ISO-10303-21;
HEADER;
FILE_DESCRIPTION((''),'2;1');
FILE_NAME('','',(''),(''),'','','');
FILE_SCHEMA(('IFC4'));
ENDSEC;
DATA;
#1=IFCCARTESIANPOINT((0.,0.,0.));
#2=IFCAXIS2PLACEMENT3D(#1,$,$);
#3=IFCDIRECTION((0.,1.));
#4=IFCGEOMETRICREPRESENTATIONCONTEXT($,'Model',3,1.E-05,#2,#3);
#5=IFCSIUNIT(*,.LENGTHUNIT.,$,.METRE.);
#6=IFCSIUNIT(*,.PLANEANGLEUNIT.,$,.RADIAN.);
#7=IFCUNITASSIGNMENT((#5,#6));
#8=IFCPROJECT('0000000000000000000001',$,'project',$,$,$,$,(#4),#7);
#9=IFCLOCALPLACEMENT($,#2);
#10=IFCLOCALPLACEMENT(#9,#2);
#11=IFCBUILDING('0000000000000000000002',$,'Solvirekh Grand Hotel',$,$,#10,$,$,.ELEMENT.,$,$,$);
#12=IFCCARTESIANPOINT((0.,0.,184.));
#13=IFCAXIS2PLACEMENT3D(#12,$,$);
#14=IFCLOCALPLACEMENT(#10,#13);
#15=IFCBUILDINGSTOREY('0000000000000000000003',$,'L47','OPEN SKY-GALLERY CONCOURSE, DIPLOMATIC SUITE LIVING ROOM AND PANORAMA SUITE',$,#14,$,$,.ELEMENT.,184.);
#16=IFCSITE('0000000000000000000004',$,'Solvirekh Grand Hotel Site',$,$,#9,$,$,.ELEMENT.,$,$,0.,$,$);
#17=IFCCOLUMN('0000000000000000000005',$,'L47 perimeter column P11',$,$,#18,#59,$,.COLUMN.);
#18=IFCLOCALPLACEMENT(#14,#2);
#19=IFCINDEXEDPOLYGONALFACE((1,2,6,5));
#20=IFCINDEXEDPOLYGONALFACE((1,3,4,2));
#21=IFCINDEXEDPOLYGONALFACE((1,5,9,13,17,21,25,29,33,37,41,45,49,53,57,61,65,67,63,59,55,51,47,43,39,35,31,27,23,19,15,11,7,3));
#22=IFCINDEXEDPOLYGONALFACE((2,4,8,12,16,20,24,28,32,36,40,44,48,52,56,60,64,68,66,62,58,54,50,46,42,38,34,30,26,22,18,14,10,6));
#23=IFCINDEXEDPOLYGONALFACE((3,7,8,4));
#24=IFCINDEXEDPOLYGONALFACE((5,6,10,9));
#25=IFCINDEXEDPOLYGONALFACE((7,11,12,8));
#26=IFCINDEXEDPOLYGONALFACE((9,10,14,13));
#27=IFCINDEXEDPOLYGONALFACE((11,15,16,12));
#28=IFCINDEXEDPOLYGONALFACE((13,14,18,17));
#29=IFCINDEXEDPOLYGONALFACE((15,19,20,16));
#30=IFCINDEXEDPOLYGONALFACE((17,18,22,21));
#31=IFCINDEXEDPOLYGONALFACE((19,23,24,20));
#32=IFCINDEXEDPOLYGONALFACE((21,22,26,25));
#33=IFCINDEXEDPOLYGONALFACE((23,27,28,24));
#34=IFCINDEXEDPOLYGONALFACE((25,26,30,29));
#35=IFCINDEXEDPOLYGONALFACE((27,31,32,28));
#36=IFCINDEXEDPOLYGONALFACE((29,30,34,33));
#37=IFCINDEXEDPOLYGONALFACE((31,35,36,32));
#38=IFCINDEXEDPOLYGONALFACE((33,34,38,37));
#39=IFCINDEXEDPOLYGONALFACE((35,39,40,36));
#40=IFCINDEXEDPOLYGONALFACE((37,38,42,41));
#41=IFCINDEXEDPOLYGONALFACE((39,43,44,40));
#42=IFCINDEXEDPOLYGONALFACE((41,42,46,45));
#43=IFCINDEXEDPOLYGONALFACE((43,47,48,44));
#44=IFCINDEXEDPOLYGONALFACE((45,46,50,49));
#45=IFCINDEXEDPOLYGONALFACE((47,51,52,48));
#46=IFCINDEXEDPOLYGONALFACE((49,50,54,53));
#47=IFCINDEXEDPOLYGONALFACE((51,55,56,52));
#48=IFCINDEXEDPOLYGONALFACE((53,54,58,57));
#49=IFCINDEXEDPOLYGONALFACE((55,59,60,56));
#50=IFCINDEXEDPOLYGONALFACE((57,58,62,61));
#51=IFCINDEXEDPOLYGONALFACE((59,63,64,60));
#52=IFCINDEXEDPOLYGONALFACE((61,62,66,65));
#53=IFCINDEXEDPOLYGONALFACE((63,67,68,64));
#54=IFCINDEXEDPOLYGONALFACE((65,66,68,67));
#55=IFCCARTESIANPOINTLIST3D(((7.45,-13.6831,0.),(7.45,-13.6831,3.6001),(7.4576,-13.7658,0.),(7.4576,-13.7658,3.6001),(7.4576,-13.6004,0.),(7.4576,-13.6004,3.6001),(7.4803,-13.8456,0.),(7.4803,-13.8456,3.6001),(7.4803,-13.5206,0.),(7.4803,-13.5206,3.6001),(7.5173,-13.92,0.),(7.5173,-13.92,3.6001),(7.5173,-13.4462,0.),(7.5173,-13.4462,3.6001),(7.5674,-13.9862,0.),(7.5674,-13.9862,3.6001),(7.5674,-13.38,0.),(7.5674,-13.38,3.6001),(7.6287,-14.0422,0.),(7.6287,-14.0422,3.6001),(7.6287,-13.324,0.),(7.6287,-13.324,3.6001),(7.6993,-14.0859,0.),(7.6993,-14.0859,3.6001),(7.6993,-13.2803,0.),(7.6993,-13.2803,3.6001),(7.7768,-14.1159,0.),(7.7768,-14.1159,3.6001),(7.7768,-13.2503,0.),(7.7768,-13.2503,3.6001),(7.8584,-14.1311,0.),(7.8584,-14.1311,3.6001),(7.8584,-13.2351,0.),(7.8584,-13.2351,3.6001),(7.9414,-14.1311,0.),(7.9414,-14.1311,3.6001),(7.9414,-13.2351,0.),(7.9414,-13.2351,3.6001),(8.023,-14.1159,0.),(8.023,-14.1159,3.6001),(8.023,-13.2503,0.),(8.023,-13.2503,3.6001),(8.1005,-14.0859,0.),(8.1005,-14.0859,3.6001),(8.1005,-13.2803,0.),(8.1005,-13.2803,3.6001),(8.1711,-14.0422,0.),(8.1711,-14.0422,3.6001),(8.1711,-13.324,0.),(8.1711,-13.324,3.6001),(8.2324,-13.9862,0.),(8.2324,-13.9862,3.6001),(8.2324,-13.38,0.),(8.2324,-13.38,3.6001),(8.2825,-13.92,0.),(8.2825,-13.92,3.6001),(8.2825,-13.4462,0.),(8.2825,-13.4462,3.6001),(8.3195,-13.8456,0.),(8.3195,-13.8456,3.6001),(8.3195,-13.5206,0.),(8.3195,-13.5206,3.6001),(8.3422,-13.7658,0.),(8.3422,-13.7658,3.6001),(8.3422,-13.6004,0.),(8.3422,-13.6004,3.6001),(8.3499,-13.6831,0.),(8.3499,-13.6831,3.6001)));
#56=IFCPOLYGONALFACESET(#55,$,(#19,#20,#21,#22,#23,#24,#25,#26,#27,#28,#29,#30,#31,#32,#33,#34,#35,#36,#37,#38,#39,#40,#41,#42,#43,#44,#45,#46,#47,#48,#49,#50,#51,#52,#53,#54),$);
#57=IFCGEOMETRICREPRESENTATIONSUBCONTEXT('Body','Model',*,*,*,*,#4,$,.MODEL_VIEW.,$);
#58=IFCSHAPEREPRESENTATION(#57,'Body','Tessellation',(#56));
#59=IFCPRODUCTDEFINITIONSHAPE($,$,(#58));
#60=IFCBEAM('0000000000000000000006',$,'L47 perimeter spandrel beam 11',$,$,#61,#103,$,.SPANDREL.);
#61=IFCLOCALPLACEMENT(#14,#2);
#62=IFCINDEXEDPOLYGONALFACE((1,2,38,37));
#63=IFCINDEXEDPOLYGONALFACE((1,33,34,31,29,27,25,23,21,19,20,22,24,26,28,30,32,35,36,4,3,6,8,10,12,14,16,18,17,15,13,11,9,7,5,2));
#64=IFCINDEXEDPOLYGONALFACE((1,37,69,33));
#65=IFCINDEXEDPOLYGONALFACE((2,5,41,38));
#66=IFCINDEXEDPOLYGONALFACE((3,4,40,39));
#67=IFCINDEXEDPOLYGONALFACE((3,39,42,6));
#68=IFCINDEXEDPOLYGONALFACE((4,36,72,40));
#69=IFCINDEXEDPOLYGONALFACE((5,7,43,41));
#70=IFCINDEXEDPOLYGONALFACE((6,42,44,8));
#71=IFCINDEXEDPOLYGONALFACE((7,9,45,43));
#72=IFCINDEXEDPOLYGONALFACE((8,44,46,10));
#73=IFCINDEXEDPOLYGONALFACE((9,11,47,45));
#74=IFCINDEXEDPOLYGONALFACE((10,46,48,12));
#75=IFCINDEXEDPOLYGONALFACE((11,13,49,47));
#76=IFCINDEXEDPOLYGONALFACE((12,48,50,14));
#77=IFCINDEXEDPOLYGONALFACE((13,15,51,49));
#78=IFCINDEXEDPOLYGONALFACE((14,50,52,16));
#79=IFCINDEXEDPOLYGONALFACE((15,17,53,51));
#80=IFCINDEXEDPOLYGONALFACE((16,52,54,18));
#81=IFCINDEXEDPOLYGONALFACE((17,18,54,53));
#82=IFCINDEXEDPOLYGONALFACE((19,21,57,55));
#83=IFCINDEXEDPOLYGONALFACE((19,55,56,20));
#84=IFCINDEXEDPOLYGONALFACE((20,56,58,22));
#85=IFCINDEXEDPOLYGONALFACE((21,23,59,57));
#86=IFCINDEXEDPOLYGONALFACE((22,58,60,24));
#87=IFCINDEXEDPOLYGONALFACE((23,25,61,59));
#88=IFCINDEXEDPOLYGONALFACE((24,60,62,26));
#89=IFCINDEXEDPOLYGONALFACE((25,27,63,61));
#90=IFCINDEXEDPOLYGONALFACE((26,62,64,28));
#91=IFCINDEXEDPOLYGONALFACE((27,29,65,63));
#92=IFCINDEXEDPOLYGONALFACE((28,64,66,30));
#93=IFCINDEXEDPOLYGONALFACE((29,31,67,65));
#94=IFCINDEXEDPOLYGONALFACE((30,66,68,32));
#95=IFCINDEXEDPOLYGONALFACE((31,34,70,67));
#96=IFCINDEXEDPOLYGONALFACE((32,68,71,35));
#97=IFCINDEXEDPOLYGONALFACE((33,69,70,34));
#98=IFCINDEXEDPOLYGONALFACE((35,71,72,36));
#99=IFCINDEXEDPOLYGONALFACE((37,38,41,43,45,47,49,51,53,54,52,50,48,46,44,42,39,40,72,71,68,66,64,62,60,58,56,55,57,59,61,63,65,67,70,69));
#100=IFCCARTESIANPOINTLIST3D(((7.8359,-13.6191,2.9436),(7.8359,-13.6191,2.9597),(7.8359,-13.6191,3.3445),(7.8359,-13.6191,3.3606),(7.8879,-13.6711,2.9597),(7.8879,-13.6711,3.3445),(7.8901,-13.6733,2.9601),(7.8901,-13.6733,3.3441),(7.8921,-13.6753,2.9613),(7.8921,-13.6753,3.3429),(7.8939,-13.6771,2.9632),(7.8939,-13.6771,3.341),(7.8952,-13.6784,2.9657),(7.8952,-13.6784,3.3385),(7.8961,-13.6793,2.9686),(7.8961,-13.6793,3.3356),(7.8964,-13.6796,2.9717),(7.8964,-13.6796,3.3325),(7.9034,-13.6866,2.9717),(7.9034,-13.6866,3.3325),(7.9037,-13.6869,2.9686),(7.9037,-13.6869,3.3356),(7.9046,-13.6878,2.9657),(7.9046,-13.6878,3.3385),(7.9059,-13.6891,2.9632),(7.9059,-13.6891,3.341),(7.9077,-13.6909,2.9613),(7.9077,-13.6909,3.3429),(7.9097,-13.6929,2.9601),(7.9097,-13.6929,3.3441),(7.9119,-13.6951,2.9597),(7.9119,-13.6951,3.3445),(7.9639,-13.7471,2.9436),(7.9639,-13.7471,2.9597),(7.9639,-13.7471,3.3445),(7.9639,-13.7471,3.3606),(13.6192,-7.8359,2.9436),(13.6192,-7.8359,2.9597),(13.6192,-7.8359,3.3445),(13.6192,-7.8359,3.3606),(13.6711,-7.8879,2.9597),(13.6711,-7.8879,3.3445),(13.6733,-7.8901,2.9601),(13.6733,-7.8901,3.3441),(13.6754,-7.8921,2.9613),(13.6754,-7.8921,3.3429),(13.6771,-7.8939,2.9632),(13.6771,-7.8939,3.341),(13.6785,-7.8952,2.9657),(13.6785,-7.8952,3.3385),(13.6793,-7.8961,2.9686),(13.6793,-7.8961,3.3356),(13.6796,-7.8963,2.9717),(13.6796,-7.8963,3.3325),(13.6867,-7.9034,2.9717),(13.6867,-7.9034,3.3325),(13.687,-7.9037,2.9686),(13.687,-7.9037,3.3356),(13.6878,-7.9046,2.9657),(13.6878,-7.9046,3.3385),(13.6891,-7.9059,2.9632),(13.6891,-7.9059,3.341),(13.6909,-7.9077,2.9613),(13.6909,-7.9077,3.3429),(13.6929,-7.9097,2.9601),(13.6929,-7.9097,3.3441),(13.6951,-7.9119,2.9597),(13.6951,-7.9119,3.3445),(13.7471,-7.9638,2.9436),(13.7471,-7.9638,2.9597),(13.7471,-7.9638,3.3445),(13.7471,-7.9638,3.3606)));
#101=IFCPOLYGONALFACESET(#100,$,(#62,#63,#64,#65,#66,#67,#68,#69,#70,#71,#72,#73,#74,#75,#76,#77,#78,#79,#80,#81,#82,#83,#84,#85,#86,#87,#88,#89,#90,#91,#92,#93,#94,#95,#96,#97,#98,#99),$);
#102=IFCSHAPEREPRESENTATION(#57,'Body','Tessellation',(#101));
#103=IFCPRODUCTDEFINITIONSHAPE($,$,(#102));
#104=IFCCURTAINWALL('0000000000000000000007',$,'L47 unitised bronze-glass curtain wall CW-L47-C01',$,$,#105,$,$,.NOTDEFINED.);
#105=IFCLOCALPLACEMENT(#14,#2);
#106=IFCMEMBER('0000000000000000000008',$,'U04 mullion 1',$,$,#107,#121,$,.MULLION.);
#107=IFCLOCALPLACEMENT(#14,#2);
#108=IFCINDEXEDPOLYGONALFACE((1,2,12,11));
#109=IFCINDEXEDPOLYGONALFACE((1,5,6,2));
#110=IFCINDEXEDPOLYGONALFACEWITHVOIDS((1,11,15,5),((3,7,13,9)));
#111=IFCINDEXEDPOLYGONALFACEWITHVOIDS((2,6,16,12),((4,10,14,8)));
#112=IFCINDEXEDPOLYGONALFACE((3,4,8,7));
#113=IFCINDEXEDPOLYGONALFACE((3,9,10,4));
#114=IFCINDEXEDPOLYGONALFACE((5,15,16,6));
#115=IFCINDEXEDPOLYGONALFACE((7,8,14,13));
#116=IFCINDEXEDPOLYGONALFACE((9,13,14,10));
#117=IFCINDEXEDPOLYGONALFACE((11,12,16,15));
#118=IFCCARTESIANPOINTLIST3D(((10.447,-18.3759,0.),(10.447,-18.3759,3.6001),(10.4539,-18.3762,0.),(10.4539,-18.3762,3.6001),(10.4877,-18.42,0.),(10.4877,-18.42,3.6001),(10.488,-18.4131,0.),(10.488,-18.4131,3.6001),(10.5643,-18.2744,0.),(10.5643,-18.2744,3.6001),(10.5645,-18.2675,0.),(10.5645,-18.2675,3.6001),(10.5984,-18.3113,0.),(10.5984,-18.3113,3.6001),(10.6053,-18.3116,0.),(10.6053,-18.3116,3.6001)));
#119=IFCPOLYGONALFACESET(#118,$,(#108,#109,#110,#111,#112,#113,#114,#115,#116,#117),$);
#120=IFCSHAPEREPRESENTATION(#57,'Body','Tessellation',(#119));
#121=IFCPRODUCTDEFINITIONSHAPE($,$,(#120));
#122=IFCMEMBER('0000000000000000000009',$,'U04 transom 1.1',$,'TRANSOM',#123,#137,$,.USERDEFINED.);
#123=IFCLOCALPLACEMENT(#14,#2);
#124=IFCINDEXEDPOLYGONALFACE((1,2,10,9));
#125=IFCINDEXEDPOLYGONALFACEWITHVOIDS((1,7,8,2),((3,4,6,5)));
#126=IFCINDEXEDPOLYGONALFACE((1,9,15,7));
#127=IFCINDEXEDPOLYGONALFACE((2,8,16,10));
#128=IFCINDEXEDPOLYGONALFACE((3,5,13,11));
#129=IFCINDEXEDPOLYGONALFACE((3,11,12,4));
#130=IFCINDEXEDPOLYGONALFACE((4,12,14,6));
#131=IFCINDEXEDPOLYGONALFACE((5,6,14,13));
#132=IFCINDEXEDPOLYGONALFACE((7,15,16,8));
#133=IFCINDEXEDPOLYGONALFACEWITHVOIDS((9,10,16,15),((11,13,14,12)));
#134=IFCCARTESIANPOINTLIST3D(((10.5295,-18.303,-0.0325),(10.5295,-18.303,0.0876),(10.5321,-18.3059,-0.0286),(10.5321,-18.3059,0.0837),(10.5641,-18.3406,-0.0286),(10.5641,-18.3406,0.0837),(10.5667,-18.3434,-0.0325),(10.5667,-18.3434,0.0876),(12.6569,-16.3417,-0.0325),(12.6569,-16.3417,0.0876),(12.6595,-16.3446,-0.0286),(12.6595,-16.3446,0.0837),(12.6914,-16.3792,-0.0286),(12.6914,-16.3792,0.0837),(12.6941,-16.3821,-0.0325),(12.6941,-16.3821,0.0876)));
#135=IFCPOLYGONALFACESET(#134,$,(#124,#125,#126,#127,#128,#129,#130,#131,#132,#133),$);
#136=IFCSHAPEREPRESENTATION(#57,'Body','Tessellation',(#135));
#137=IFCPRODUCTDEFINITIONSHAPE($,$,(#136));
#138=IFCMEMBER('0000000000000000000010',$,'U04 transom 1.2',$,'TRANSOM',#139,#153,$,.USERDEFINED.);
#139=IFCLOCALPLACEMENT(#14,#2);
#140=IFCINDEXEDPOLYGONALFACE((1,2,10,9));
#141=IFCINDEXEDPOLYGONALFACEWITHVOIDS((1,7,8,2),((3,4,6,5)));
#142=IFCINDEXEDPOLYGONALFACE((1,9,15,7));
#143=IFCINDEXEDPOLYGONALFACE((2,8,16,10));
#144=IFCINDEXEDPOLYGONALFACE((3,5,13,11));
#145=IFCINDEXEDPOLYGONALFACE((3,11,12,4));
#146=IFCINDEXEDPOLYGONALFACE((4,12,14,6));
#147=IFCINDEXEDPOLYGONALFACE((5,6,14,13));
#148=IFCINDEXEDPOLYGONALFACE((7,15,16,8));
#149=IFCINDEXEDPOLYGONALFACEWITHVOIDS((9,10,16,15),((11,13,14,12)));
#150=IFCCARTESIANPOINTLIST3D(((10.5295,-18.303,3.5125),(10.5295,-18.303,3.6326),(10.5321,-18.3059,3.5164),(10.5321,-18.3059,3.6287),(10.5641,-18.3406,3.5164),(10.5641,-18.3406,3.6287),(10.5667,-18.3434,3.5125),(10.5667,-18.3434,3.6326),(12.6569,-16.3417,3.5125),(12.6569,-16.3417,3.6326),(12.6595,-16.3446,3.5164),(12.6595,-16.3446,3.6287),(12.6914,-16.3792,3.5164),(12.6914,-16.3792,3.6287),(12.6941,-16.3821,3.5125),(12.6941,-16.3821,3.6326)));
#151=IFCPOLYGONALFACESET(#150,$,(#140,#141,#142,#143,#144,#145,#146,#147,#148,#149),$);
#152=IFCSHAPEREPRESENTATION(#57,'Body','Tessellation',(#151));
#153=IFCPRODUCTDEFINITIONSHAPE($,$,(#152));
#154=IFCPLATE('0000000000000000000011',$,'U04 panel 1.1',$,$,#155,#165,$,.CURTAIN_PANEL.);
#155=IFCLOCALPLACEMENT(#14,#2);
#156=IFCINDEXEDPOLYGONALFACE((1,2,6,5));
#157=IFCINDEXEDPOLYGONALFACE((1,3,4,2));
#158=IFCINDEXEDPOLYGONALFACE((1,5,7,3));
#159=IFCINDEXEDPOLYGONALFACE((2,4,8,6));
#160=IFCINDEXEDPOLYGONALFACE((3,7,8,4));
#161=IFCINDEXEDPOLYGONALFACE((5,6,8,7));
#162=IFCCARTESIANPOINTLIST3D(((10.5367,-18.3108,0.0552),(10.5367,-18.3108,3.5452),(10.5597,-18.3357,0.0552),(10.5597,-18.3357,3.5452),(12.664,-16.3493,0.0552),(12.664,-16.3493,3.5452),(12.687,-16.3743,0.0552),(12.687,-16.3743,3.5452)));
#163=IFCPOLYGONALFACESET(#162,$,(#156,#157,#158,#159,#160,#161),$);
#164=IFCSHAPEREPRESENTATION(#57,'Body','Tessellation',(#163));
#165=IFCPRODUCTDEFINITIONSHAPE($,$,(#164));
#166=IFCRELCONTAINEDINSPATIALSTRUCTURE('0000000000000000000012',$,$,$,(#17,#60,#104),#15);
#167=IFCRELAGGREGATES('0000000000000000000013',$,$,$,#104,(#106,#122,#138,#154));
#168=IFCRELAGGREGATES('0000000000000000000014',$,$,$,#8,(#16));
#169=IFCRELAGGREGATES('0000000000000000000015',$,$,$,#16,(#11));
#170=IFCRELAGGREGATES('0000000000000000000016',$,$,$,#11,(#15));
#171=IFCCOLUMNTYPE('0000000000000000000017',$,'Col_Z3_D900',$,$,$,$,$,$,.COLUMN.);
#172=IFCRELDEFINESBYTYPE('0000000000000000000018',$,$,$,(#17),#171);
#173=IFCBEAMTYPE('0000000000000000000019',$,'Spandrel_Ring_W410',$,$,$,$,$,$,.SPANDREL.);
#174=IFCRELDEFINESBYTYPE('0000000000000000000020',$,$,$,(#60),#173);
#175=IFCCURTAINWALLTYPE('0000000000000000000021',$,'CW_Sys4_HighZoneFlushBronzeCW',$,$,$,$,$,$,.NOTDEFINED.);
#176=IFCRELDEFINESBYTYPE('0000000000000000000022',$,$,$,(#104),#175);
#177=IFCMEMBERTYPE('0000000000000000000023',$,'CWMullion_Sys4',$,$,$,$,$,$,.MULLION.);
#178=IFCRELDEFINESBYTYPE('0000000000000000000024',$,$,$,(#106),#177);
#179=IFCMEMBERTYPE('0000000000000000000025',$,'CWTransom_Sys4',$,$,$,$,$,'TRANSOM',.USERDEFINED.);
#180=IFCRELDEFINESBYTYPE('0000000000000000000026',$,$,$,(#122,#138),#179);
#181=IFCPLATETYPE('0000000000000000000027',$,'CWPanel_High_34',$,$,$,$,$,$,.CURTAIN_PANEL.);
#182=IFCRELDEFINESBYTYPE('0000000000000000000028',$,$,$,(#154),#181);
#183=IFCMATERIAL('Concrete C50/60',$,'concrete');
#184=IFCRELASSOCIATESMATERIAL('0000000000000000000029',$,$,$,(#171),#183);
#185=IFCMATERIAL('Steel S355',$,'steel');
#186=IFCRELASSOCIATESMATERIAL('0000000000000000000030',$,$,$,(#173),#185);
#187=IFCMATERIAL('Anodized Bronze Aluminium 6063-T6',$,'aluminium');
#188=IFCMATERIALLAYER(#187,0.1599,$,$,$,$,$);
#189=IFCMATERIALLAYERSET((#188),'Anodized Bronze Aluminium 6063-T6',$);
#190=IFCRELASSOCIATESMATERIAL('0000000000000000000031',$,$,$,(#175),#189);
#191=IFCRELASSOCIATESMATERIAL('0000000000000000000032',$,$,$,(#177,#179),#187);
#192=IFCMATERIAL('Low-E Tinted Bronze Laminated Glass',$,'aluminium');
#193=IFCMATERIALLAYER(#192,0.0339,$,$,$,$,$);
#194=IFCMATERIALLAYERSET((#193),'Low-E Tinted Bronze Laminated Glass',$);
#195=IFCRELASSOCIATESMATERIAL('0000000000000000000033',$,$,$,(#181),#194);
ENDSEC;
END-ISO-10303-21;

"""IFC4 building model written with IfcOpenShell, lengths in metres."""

from ifc_helpers import new_model, si_unit, direction, frame, origin, origin_2d, place, context, subcontext, project, spatial, rectangle, hollow_rectangle, circle, i_section, extrude, source, transform, mapped, material, layer, layer_set, material_profile, profile_set, type_object, element, aggregate, save


model = new_model("IFC4")

# Units and contexts
model_context = context("Model", 3, precision=1e-05, world=origin(), true_north=direction((0.0, 1.0)))
body_context = subcontext(model_context, "Body", "Model", "MODEL_VIEW")
ifc_project = project(units=[si_unit("LENGTHUNIT", "METRE"), si_unit("PLANEANGLEUNIT", "RADIAN")], contexts=[model_context])

# Site, building, storey
site_placement = place(None, origin())
site = spatial("IfcSite", under=ifc_project, at=site_placement, Name="Solvirekh Grand Hotel Site", CompositionType="ELEMENT", RefElevation=0.0)
building_placement = place(site_placement, origin())
building = spatial("IfcBuilding", under=site, at=building_placement, Name="Solvirekh Grand Hotel", CompositionType="ELEMENT")
storey_placement = place(building_placement, frame((0.0, 0.0, 184.0)))
storey = spatial("IfcBuildingStorey", under=building, at=storey_placement, Name="L47", Description="OPEN SKY-GALLERY CONCOURSE, DIPLOMATIC SUITE LIVING ROOM AND PANORAMA SUITE", CompositionType="ELEMENT", Elevation=184.0)

# Column
ifc_material_1 = material(Name="Concrete C50/60", Category="concrete")
ifc_material_profile_1 = material_profile(ifc_material_1, circle(Radius=0.45, at=origin_2d()), Name="RC CIRC D900")
ifc_profile_set_1 = profile_set([ifc_material_profile_1], Name="Concrete C50/60")
column_type = type_object("IfcColumnType", Name="Col_Z3_D900", PredefinedType="COLUMN", material=ifc_profile_set_1)
column_placement = place(storey_placement, frame((7.8999, -13.6831, 0.0), z_axis=(0.0, 0.0, 1.0), x_axis=(1.0, 0.0, 0.0)))
element("IfcColumn", 1, at=column_placement, inside=storey, type_object=column_type, Name="L47 perimeter column P11", PredefinedType="COLUMN", context=body_context, shape_type="SweptSolid", body=[
    extrude(circle(Radius=0.45, at=origin_2d()), origin(), (0.0, 0.0, 1.0), 3.6001),
])

# Beam
ifc_material_2 = material(Name="Steel S355", Category="steel")
ifc_material_profile_2 = material_profile(ifc_material_2, i_section(OverallWidth=0.1809, OverallDepth=0.417, WebThickness=0.01, FlangeThickness=0.0161, FilletRadius=0.012, at=origin_2d()), Name="W410X85")
ifc_profile_set_2 = profile_set([ifc_material_profile_2], Name="Steel S355")
beam_type = type_object("IfcBeamType", Name="Spandrel_Ring_W410", PredefinedType="SPANDREL", material=ifc_profile_set_2)
beam_placement = place(storey_placement, frame((7.8999, -13.6831, 3.1521), z_axis=(0.707107, 0.707107, 0.0), x_axis=(-0.707107, 0.707107, 0.0)))
element("IfcBeam", 2, at=beam_placement, inside=storey, type_object=beam_type, Name="L47 perimeter spandrel beam 11", PredefinedType="SPANDREL", context=body_context, shape_type="SweptSolid", body=[
    extrude(i_section(OverallWidth=0.1809, OverallDepth=0.417, WebThickness=0.01, FlangeThickness=0.0161, FilletRadius=0.012, at=origin_2d()), origin(), (0.0, 0.0, 1.0), 8.1787),
])

# Curtain wall, members, plate
ifc_material_3 = material(Name="Anodized Bronze Aluminium 6063-T6", Category="aluminium")
ifc_layer_1 = layer(ifc_material_3, 0.1599)
ifc_layer_set_1 = layer_set([ifc_layer_1], Name="Anodized Bronze Aluminium 6063-T6")
curtain_wall_type = type_object("IfcCurtainWallType", Name="CW_Sys4_HighZoneFlushBronzeCW", PredefinedType="NOTDEFINED", material=ifc_layer_set_1)
curtain_wall_placement = place(storey_placement, origin())
curtain_wall = element("IfcCurtainWall", 3, at=curtain_wall_placement, inside=storey, type_object=curtain_wall_type, Name="L47 unitised bronze-glass curtain wall CW-L47-C01", PredefinedType="NOTDEFINED")
ifc_material_profile_3 = material_profile(ifc_material_3, hollow_rectangle(XDim=0.0601, YDim=0.1599, WallThickness=0.0049, at=origin_2d()), Name="ALU RHS 160X60X5")
ifc_profile_set_3 = profile_set([ifc_material_profile_3], Name="Anodized Bronze Aluminium 6063-T6")
member_type_1 = type_object("IfcMemberType", Name="CWMullion_Sys4", PredefinedType="MULLION", material=ifc_profile_set_3)
shared_shape_1 = source(origin(), body_context, "Body", "SweptSolid", [
    extrude(hollow_rectangle(XDim=0.0601, YDim=0.1599, WallThickness=0.0049, at=origin_2d()), origin(), (0.0, 0.0, 1.0), 3.6001),
])
member_1_placement = place(storey_placement, frame((10.5261, -18.3438, 0.0), z_axis=(0.0, 0.0, 1.0), x_axis=(-0.677869, 0.735182, 0.0)))
member_1 = element("IfcMember", 4, at=member_1_placement, type_object=member_type_1, Name="U04 mullion 1", PredefinedType="MULLION", context=body_context, shape_type="MappedRepresentation", body=[
    mapped(shared_shape_1, transform((0.0, 0.0, 0.0), x_axis=(1.0, 0.0, 0.0), y_axis=(0.0, 1.0, 0.0), z_axis=(0.0, 0.0, 1.0), scale=1.0)),
])
ifc_material_profile_4 = material_profile(ifc_material_3, hollow_rectangle(XDim=0.0549, YDim=0.1201, WallThickness=0.0039, at=origin_2d()), Name="ALU RHS 120X55X4")
ifc_profile_set_4 = profile_set([ifc_material_profile_4], Name="Anodized Bronze Aluminium 6063-T6")
member_type_2 = type_object("IfcMemberType", Name="CWTransom_Sys4", ElementType="TRANSOM", PredefinedType="USERDEFINED", material=ifc_profile_set_4)
shared_shape_2 = source(origin(), body_context, "Body", "SweptSolid", [
    extrude(hollow_rectangle(XDim=0.0549, YDim=0.1201, WallThickness=0.0039, at=origin_2d()), origin(), (0.0, 0.0, 1.0), 2.8936),
])
member_2_placement = place(storey_placement, frame((10.5481, -18.3232, 0.0276), z_axis=(0.735211, 0.677838, 0.0), x_axis=(-0.677838, 0.735211, 0.0)))
member_2 = element("IfcMember", 5, at=member_2_placement, type_object=member_type_2, Name="U04 transom 1.1", ObjectType="TRANSOM", PredefinedType="USERDEFINED", context=body_context, shape_type="MappedRepresentation", body=[
    mapped(shared_shape_2, transform((0.0, 0.0, 0.0), x_axis=(1.0, 0.0, 0.0), y_axis=(0.0, 1.0, 0.0), z_axis=(0.0, 0.0, 1.0), scale=1.0)),
])
member_3_placement = place(storey_placement, frame((10.5481, -18.3232, 3.5725), z_axis=(0.735211, 0.677838, 0.0), x_axis=(-0.677838, 0.735211, 0.0)))
member_3 = element("IfcMember", 6, at=member_3_placement, type_object=member_type_2, Name="U04 transom 1.2", ObjectType="TRANSOM", PredefinedType="USERDEFINED", context=body_context, shape_type="MappedRepresentation", body=[
    mapped(shared_shape_2, transform((0.0, 0.0, 0.0), x_axis=(1.0, 0.0, 0.0), y_axis=(0.0, 1.0, 0.0), z_axis=(0.0, 0.0, 1.0), scale=1.0)),
])
ifc_material_4 = material(Name="Low-E Tinted Bronze Laminated Glass", Category="aluminium")
ifc_layer_2 = layer(ifc_material_4, 0.0339)
ifc_layer_set_2 = layer_set([ifc_layer_2], Name="Low-E Tinted Bronze Laminated Glass")
plate_type = type_object("IfcPlateType", Name="CWPanel_High_34", PredefinedType="CURTAIN_PANEL", material=ifc_layer_set_2)
shared_shape_3 = source(origin(), body_context, "Body", "SweptSolid", [
    extrude(rectangle(XDim=2.8936, YDim=0.0339, at=origin_2d()), origin(), (0.0, 0.0, 1.0), 3.49),
])
plate_placement = place(storey_placement, frame((11.6118, -17.3425, 0.0552), z_axis=(0.0, 0.0, 1.0), x_axis=(0.735182, 0.677869, 0.0)))
plate = element("IfcPlate", 7, at=plate_placement, type_object=plate_type, Name="U04 panel 1.1", PredefinedType="CURTAIN_PANEL", context=body_context, shape_type="MappedRepresentation", body=[
    mapped(shared_shape_3, transform((0.0, 0.0, 0.0), x_axis=(1.0, 0.0, 0.0), y_axis=(0.0, 1.0, 0.0), z_axis=(0.0, 0.0, 1.0), scale=1.0)),
])
aggregate(curtain_wall, [member_1, member_2, member_3, plate])

save(model, "model.ifc")
